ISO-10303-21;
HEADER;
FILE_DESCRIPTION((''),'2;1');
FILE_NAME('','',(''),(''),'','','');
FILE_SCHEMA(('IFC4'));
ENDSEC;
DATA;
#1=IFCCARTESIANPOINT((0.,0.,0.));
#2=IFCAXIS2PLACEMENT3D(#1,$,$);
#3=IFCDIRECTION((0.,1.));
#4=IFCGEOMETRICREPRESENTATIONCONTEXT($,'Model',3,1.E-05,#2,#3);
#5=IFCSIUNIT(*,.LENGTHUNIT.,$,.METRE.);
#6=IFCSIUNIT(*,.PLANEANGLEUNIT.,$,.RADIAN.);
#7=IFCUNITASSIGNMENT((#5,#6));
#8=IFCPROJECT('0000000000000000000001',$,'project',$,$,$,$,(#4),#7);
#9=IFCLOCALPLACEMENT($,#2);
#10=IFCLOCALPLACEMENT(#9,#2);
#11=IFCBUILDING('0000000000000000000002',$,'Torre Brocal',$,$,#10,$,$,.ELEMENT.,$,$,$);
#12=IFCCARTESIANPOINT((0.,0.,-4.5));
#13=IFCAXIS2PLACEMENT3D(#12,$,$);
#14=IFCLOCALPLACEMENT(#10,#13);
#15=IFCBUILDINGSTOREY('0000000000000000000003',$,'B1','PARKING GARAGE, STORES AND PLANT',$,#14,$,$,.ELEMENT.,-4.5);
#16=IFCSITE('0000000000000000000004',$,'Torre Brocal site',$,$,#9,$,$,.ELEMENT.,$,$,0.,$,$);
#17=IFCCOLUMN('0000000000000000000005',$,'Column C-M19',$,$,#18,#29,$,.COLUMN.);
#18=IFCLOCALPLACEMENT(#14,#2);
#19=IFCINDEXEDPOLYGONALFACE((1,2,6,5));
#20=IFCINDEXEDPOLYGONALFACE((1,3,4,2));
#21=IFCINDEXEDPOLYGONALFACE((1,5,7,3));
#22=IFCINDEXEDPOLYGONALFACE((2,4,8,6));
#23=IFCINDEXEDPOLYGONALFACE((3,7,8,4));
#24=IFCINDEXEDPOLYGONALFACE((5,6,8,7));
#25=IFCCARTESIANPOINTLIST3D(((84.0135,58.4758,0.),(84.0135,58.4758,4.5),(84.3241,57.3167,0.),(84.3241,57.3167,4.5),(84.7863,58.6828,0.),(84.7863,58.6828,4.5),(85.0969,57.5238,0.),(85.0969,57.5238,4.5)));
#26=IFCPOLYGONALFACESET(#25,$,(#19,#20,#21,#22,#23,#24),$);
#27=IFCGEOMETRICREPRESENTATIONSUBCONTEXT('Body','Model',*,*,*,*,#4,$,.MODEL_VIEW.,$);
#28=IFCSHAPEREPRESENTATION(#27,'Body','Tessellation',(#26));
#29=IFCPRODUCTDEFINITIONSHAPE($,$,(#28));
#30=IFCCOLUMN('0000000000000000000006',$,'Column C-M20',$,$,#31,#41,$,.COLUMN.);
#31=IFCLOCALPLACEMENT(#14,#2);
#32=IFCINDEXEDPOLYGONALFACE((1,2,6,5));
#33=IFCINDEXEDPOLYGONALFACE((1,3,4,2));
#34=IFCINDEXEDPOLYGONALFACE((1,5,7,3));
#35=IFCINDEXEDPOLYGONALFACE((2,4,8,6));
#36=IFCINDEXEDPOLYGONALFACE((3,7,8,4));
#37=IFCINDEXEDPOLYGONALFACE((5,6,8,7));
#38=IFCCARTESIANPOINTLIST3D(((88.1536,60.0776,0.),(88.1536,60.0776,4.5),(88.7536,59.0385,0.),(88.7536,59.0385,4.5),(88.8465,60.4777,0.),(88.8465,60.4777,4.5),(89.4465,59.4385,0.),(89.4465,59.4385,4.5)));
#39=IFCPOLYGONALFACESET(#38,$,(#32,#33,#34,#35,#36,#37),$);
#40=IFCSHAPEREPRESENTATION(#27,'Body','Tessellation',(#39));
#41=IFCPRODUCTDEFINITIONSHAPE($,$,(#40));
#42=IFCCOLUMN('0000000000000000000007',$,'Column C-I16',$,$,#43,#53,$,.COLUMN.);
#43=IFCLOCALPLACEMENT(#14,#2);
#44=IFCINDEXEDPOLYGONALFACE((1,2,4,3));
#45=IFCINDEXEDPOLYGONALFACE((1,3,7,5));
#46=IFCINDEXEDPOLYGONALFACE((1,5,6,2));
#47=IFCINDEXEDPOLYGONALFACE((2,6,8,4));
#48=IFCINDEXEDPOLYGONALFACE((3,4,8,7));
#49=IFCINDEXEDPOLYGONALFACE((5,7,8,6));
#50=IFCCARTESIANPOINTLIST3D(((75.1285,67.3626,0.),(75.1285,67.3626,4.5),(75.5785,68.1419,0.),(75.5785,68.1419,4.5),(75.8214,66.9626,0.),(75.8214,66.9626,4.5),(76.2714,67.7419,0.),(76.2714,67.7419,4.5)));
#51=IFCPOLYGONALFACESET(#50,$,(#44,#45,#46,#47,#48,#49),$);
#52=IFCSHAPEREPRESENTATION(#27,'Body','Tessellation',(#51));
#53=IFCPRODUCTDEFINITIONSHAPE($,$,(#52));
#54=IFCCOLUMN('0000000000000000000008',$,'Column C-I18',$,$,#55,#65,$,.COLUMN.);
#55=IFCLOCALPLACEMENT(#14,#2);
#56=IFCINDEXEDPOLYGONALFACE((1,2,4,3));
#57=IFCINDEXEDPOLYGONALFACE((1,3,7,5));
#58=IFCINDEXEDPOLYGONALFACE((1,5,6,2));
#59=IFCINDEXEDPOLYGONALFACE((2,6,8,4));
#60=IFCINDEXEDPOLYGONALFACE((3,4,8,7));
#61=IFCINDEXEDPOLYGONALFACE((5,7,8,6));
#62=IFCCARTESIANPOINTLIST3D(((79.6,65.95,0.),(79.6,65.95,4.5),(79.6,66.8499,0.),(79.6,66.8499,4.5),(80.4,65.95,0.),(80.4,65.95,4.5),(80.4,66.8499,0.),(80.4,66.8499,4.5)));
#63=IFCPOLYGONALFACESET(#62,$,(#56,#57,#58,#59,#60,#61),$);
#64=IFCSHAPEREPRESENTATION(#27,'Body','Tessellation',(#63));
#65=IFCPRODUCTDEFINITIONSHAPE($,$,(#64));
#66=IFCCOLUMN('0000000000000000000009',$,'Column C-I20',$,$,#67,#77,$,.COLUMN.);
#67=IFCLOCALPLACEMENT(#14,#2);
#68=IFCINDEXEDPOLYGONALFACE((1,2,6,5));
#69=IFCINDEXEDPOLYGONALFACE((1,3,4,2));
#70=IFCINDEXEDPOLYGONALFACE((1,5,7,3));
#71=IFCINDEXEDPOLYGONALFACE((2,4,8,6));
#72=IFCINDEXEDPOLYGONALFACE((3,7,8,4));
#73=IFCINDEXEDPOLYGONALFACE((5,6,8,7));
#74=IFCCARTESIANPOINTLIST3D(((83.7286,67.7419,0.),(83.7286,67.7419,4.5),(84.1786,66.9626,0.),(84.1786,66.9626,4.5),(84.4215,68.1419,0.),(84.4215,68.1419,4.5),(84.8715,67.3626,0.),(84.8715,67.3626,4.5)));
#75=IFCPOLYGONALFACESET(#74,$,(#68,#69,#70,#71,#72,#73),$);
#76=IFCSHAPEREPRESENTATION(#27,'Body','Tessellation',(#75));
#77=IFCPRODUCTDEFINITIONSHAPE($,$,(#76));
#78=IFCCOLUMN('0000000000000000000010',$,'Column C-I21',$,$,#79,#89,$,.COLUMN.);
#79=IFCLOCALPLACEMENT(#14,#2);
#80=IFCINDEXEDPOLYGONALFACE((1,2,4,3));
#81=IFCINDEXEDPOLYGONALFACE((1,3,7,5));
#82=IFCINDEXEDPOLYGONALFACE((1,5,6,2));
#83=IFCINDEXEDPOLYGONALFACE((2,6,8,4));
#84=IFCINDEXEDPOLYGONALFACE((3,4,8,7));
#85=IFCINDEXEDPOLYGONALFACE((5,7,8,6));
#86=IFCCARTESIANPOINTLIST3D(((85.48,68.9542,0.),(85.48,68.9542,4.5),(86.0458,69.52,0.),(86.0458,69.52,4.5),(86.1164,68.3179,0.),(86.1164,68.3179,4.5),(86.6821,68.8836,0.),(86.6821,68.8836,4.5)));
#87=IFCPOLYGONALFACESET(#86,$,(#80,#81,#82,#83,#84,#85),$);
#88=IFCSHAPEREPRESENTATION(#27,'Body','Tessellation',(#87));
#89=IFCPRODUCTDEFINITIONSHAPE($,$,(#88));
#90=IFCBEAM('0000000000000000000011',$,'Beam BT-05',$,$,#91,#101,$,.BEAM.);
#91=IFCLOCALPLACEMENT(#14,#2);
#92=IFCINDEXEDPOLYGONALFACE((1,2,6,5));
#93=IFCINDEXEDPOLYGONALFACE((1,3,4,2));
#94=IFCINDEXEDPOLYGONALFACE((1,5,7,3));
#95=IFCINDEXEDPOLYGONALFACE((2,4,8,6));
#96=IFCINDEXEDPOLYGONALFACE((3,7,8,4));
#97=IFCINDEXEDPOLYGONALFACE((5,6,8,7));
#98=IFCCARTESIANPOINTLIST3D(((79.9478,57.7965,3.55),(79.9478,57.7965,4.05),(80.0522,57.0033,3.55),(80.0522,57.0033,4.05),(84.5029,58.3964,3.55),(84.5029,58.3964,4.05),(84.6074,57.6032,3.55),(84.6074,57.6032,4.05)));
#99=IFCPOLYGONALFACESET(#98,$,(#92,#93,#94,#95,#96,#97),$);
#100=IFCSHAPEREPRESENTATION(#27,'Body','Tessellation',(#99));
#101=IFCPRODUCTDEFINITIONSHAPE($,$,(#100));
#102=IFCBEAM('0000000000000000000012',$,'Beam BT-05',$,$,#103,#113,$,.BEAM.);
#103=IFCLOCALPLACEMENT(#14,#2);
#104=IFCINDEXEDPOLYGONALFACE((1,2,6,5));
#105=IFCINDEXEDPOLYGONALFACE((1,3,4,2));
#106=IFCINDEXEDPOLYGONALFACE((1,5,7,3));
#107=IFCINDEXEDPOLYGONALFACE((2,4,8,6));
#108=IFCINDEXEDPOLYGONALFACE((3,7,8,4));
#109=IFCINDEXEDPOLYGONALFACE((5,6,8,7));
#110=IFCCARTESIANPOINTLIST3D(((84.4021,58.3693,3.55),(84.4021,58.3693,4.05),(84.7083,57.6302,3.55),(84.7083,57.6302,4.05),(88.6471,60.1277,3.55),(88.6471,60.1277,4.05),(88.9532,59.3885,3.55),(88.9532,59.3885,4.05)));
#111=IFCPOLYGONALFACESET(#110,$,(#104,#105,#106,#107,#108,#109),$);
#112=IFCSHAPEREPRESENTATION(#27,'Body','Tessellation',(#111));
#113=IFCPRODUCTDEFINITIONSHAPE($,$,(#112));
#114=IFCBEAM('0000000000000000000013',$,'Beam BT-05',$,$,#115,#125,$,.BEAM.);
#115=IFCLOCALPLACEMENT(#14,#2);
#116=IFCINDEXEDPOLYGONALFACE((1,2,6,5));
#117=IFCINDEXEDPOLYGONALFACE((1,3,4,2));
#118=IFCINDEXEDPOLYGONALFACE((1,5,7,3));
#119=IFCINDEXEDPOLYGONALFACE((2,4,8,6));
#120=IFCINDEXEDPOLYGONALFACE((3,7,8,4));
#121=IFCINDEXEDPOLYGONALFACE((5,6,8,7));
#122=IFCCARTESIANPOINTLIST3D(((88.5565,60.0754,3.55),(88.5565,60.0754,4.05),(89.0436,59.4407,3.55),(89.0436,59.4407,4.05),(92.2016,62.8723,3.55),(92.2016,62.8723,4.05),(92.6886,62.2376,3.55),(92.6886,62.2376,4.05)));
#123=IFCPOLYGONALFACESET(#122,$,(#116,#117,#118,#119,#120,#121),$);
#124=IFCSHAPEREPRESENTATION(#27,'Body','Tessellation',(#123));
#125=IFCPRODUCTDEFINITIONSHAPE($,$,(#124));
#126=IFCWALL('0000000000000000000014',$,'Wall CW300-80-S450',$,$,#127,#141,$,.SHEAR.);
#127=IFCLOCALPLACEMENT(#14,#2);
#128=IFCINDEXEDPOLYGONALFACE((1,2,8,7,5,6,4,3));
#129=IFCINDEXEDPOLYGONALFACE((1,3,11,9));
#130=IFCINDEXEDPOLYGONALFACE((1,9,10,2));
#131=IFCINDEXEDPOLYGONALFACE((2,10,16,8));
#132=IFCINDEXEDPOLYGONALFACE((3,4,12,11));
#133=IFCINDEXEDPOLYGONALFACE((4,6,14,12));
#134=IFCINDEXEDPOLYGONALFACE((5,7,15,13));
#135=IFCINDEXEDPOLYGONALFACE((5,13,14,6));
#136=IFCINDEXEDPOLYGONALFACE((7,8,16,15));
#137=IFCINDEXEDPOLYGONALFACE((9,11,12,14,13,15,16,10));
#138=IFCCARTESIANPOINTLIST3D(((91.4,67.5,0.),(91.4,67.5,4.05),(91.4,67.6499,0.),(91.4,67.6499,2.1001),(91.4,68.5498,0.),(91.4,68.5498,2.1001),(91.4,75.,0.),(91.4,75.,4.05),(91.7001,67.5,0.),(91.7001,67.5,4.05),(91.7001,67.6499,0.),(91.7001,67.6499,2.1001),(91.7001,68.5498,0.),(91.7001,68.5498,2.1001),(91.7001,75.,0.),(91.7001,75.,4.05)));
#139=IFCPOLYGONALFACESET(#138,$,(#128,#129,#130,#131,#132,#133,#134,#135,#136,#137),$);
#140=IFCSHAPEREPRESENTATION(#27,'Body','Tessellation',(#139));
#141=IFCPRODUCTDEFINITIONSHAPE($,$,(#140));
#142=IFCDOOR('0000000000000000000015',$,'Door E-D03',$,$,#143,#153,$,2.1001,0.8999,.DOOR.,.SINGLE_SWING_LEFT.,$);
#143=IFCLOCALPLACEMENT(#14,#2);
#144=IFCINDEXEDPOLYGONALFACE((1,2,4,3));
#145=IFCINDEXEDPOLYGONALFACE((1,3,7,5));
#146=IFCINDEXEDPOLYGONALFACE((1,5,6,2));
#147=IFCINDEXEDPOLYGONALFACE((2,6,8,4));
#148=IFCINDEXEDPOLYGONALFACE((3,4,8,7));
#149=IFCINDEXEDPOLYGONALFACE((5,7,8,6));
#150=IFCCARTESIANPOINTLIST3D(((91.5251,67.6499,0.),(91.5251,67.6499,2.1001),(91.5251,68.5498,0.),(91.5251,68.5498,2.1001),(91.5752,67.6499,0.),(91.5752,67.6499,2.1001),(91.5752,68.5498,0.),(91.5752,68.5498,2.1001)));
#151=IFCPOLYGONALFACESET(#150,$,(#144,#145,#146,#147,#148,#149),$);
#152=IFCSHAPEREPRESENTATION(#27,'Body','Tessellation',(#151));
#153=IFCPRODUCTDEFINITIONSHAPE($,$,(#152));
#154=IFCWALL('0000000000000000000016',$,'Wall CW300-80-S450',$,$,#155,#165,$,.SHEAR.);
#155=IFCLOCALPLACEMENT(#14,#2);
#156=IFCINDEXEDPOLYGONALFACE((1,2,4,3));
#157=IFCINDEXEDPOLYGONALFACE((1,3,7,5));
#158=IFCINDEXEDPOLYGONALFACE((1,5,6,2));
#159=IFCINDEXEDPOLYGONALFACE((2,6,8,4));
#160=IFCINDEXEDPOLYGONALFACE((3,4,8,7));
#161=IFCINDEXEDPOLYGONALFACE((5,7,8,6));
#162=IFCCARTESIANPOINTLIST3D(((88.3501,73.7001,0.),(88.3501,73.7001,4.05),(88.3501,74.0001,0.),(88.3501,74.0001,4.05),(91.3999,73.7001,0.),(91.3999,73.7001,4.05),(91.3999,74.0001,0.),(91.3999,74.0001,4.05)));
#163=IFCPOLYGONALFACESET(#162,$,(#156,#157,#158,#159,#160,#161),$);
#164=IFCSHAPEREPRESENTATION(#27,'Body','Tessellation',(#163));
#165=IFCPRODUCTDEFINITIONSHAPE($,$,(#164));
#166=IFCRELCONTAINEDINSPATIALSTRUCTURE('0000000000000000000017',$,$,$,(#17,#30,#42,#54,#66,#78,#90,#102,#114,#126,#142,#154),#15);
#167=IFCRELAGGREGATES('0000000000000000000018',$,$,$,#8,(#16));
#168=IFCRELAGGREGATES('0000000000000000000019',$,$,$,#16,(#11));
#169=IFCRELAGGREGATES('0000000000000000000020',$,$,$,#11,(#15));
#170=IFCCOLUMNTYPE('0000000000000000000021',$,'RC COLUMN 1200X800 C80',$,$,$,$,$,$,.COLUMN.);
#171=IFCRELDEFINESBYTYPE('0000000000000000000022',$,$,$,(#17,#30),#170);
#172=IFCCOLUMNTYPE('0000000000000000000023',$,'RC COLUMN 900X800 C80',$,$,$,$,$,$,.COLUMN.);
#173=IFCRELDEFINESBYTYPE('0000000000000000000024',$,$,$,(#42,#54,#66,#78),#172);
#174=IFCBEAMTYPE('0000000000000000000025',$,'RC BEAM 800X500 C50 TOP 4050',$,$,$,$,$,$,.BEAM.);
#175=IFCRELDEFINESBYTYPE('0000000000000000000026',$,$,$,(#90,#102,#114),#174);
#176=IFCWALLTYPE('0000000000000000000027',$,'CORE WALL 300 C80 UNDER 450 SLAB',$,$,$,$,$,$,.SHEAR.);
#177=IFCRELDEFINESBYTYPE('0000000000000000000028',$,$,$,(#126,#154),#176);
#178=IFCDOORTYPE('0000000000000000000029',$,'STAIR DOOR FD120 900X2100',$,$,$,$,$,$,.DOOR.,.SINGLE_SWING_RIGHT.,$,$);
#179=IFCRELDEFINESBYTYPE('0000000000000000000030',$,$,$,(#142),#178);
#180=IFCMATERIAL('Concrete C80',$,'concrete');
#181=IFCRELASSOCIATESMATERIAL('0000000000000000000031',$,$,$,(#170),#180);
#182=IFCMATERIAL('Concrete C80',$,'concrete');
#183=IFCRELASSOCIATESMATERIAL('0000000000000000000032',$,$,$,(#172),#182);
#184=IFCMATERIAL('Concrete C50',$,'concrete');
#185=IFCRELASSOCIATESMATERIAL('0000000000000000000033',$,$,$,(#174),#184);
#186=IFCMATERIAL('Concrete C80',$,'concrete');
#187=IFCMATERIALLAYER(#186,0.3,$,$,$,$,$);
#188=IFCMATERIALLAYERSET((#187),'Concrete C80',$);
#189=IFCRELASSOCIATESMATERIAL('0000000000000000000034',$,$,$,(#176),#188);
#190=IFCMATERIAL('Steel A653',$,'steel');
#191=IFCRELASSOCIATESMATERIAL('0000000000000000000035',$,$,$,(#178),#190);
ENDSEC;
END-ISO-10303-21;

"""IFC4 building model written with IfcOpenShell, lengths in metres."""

from ifc_helpers import new_model, si_unit, direction, frame, frame_2d, origin, origin_2d, place, context, subcontext, project, spatial, rectangle, extrude, material, layer, layer_set, material_profile, profile_set, type_object, element, fill, save


model = new_model("IFC4")

# Units and contexts
model_context = context("Model", 3, precision=1e-05, world=origin(), true_north=direction((0.0, 1.0)))
body_context = subcontext(model_context, "Body", "Model", "MODEL_VIEW")
ifc_project = project(units=[si_unit("LENGTHUNIT", "METRE"), si_unit("PLANEANGLEUNIT", "RADIAN")], contexts=[model_context])

# Site, building, storey
site_placement = place(None, origin())
site = spatial("IfcSite", under=ifc_project, at=site_placement, Name="Torre Brocal site", CompositionType="ELEMENT", RefElevation=0.0)
building_placement = place(site_placement, origin())
building = spatial("IfcBuilding", under=site, at=building_placement, Name="Torre Brocal", CompositionType="ELEMENT")
storey_placement = place(building_placement, frame((0.0, 0.0, -4.5)))
storey = spatial("IfcBuildingStorey", under=building, at=storey_placement, Name="B1", Description="PARKING GARAGE, STORES AND PLANT", CompositionType="ELEMENT", Elevation=-4.5)

# Columns
ifc_material_1 = material(Name="Concrete C80", Category="concrete")
ifc_material_profile_1 = material_profile(ifc_material_1, rectangle(XDim=1.2, YDim=0.8, at=origin_2d()), Name="RC 1200X800")
ifc_profile_set_1 = profile_set([ifc_material_profile_1], Name="Concrete C80")
column_type_1 = type_object("IfcColumnType", Name="RC COLUMN 1200X800 C80", PredefinedType="COLUMN", material=ifc_profile_set_1)
for number, where, z_axis, x_axis, name in (
    (1, (84.5552, 57.9998, 0.0), (0.0, 0.0, 1.0), (0.258819, -0.965926, 0.0), "Column C-M19"),
    (2, (88.8, 59.7581, 0.0), (0.0, 0.0, 1.0), (0.5, -0.866025, 0.0), "Column C-M20"),
):
    element("IfcColumn", number, at=place(storey_placement, frame(where, z_axis=z_axis, x_axis=x_axis)), inside=storey, type_object=column_type_1, Name=name, PredefinedType="COLUMN", context=body_context, shape_type="SweptSolid", body=[
        extrude(rectangle(XDim=1.2, YDim=0.8, at=origin_2d()), origin(), (0.0, 0.0, 1.0), 4.5),
    ])
ifc_material_2 = material(Name="Concrete C80", Category="concrete")
ifc_material_profile_2 = material_profile(ifc_material_2, rectangle(XDim=0.8999, YDim=0.8, at=origin_2d()), Name="RC 900X800")
ifc_profile_set_2 = profile_set([ifc_material_profile_2], Name="Concrete C80")
column_type_2 = type_object("IfcColumnType", Name="RC COLUMN 900X800 C80", PredefinedType="COLUMN", material=ifc_profile_set_2)
for number, where, z_axis, x_axis, name in (
    (3, (75.7, 67.5522, 0.0), (0.0, 0.0, 1.0), (-0.5, -0.866025, 0.0), "Column C-I16"),
    (4, (80.0, 66.3999, 0.0), (0.0, 0.0, 1.0), (0.0, -1.0, 0.0), "Column C-I18"),
    (5, (84.3, 67.5522, 0.0), (0.0, 0.0, 1.0), (0.5, -0.866025, 0.0), "Column C-I20"),
    (6, (86.0811, 68.9189, 0.0), (0.0, 0.0, 1.0), (0.707107, -0.707107, 0.0), "Column C-I21"),
):
    element("IfcColumn", number, at=place(storey_placement, frame(where, z_axis=z_axis, x_axis=x_axis)), inside=storey, type_object=column_type_2, Name=name, PredefinedType="COLUMN", context=body_context, shape_type="SweptSolid", body=[
        extrude(rectangle(XDim=0.8999, YDim=0.8, at=origin_2d()), origin(), (0.0, 0.0, 1.0), 4.5),
    ])

# Beams
ifc_material_3 = material(Name="Concrete C50", Category="concrete")
ifc_material_profile_3 = material_profile(ifc_material_3, rectangle(XDim=0.8, YDim=0.5, at=origin_2d()), Name="RC 800X500")
ifc_profile_set_3 = profile_set([ifc_material_profile_3], Name="Concrete C50")
beam_type = type_object("IfcBeamType", Name="RC BEAM 800X500 C50 TOP 4050", PredefinedType="BEAM", material=ifc_profile_set_3)
beam_1_placement = place(storey_placement, frame((80.0, 57.3999, 3.8), z_axis=(0.991441, 0.130559, 0.0), x_axis=(-0.130559, 0.991441, 0.0)))
element("IfcBeam", 7, at=beam_1_placement, inside=storey, type_object=beam_type, Name="Beam BT-05", PredefinedType="BEAM", context=body_context, shape_type="SweptSolid", body=[
    extrude(rectangle(XDim=0.8, YDim=0.5, at=origin_2d()), origin(), (0.0, 0.0, 1.0), 4.5945),
])
beam_2_placement = place(storey_placement, frame((84.5552, 57.9998, 3.8), z_axis=(0.923878, 0.382687, 0.0), x_axis=(-0.382687, 0.923878, 0.0)))
element("IfcBeam", 8, at=beam_2_placement, inside=storey, type_object=beam_type, Name="Beam BT-05", PredefinedType="BEAM", context=body_context, shape_type="SweptSolid", body=[
    extrude(rectangle(XDim=0.8, YDim=0.5, at=origin_2d()), origin(), (0.0, 0.0, 1.0), 4.5947),
])
beam_3_placement = place(storey_placement, frame((88.8, 59.7581, 3.8), z_axis=(0.793358, 0.608755, 0.0), x_axis=(-0.608755, 0.793358, 0.0)))
element("IfcBeam", 9, at=beam_3_placement, inside=storey, type_object=beam_type, Name="Beam BT-05", PredefinedType="BEAM", context=body_context, shape_type="SweptSolid", body=[
    extrude(rectangle(XDim=0.8, YDim=0.5, at=origin_2d()), origin(), (0.0, 0.0, 1.0), 4.5945),
])

# Wall, opening, door
ifc_material_4 = material(Name="Concrete C80", Category="concrete")
ifc_layer_1 = layer(ifc_material_4, 0.3)
ifc_layer_set_1 = layer_set([ifc_layer_1], Name="Concrete C80")
wall_type_1 = type_object("IfcWallType", Name="CORE WALL 300 C80 UNDER 450 SLAB", PredefinedType="SHEAR", material=ifc_layer_set_1)
wall_1_placement = place(storey_placement, frame((91.55, 67.5, 0.0), z_axis=(0.0, 0.0, 1.0), x_axis=(0.0, 1.0, 0.0)))
wall_1 = element("IfcWall", 10, at=wall_1_placement, inside=storey, type_object=wall_type_1, Name="Wall CW300-80-S450", PredefinedType="SHEAR", context=body_context, shape_type="SweptSolid", body=[
    extrude(rectangle(XDim=7.5, YDim=0.3, at=frame_2d((3.75, 0.0))), origin(), (0.0, 0.0, 1.0), 4.05),
])
opening_1_placement = place(wall_1_placement, frame((0.1499, 0.0, 0.0)))
opening_1 = element("IfcOpeningElement", 11, at=opening_1_placement, cuts=wall_1, PredefinedType="OPENING", context=body_context, shape_type="SweptSolid", body=[
    extrude(rectangle(XDim=0.8999, YDim=2.1001, at=frame_2d((0.45, 1.05))), frame((0.0, 0.1599, 0.0), z_axis=(0.0, -1.0, 0.0), x_axis=(1.0, 0.0, 0.0)), (0.0, 0.0, 1.0), 0.3201),
])
ifc_material_5 = material(Name="Steel A653", Category="steel")
door_type_1 = type_object("IfcDoorType", Name="STAIR DOOR FD120 900X2100", OperationType="SINGLE_SWING_RIGHT", PredefinedType="DOOR", material=ifc_material_5)
door_1_placement = place(opening_1_placement, origin())
door_1 = element("IfcDoor", 12, at=door_1_placement, inside=storey, type_object=door_type_1, Name="Door E-D03", OperationType="SINGLE_SWING_LEFT", OverallHeight=2.1001, OverallWidth=0.8999, PredefinedType="DOOR", context=body_context, shape_type="SweptSolid", body=[
    extrude(rectangle(XDim=0.8999, YDim=2.1001, at=frame_2d((0.45, 1.05))), frame((0.0, 0.0249, 0.0), z_axis=(0.0, -1.0, 0.0), x_axis=(1.0, 0.0, 0.0)), (0.0, 0.0, 1.0), 0.05),
])
fill(opening_1, door_1)

# Wall
wall_2_placement = place(storey_placement, frame((88.3501, 73.8501, 0.0), z_axis=(0.0, 0.0, 1.0), x_axis=(1.0, 0.0, 0.0)))
element("IfcWall", 13, at=wall_2_placement, inside=storey, type_object=wall_type_1, Name="Wall CW300-80-S450", PredefinedType="SHEAR", context=body_context, shape_type="SweptSolid", body=[
    extrude(rectangle(XDim=3.0498, YDim=0.3, at=frame_2d((1.5249, 0.0))), origin(), (0.0, 0.0, 1.0), 4.05),
])

save(model, "model.ifc")
